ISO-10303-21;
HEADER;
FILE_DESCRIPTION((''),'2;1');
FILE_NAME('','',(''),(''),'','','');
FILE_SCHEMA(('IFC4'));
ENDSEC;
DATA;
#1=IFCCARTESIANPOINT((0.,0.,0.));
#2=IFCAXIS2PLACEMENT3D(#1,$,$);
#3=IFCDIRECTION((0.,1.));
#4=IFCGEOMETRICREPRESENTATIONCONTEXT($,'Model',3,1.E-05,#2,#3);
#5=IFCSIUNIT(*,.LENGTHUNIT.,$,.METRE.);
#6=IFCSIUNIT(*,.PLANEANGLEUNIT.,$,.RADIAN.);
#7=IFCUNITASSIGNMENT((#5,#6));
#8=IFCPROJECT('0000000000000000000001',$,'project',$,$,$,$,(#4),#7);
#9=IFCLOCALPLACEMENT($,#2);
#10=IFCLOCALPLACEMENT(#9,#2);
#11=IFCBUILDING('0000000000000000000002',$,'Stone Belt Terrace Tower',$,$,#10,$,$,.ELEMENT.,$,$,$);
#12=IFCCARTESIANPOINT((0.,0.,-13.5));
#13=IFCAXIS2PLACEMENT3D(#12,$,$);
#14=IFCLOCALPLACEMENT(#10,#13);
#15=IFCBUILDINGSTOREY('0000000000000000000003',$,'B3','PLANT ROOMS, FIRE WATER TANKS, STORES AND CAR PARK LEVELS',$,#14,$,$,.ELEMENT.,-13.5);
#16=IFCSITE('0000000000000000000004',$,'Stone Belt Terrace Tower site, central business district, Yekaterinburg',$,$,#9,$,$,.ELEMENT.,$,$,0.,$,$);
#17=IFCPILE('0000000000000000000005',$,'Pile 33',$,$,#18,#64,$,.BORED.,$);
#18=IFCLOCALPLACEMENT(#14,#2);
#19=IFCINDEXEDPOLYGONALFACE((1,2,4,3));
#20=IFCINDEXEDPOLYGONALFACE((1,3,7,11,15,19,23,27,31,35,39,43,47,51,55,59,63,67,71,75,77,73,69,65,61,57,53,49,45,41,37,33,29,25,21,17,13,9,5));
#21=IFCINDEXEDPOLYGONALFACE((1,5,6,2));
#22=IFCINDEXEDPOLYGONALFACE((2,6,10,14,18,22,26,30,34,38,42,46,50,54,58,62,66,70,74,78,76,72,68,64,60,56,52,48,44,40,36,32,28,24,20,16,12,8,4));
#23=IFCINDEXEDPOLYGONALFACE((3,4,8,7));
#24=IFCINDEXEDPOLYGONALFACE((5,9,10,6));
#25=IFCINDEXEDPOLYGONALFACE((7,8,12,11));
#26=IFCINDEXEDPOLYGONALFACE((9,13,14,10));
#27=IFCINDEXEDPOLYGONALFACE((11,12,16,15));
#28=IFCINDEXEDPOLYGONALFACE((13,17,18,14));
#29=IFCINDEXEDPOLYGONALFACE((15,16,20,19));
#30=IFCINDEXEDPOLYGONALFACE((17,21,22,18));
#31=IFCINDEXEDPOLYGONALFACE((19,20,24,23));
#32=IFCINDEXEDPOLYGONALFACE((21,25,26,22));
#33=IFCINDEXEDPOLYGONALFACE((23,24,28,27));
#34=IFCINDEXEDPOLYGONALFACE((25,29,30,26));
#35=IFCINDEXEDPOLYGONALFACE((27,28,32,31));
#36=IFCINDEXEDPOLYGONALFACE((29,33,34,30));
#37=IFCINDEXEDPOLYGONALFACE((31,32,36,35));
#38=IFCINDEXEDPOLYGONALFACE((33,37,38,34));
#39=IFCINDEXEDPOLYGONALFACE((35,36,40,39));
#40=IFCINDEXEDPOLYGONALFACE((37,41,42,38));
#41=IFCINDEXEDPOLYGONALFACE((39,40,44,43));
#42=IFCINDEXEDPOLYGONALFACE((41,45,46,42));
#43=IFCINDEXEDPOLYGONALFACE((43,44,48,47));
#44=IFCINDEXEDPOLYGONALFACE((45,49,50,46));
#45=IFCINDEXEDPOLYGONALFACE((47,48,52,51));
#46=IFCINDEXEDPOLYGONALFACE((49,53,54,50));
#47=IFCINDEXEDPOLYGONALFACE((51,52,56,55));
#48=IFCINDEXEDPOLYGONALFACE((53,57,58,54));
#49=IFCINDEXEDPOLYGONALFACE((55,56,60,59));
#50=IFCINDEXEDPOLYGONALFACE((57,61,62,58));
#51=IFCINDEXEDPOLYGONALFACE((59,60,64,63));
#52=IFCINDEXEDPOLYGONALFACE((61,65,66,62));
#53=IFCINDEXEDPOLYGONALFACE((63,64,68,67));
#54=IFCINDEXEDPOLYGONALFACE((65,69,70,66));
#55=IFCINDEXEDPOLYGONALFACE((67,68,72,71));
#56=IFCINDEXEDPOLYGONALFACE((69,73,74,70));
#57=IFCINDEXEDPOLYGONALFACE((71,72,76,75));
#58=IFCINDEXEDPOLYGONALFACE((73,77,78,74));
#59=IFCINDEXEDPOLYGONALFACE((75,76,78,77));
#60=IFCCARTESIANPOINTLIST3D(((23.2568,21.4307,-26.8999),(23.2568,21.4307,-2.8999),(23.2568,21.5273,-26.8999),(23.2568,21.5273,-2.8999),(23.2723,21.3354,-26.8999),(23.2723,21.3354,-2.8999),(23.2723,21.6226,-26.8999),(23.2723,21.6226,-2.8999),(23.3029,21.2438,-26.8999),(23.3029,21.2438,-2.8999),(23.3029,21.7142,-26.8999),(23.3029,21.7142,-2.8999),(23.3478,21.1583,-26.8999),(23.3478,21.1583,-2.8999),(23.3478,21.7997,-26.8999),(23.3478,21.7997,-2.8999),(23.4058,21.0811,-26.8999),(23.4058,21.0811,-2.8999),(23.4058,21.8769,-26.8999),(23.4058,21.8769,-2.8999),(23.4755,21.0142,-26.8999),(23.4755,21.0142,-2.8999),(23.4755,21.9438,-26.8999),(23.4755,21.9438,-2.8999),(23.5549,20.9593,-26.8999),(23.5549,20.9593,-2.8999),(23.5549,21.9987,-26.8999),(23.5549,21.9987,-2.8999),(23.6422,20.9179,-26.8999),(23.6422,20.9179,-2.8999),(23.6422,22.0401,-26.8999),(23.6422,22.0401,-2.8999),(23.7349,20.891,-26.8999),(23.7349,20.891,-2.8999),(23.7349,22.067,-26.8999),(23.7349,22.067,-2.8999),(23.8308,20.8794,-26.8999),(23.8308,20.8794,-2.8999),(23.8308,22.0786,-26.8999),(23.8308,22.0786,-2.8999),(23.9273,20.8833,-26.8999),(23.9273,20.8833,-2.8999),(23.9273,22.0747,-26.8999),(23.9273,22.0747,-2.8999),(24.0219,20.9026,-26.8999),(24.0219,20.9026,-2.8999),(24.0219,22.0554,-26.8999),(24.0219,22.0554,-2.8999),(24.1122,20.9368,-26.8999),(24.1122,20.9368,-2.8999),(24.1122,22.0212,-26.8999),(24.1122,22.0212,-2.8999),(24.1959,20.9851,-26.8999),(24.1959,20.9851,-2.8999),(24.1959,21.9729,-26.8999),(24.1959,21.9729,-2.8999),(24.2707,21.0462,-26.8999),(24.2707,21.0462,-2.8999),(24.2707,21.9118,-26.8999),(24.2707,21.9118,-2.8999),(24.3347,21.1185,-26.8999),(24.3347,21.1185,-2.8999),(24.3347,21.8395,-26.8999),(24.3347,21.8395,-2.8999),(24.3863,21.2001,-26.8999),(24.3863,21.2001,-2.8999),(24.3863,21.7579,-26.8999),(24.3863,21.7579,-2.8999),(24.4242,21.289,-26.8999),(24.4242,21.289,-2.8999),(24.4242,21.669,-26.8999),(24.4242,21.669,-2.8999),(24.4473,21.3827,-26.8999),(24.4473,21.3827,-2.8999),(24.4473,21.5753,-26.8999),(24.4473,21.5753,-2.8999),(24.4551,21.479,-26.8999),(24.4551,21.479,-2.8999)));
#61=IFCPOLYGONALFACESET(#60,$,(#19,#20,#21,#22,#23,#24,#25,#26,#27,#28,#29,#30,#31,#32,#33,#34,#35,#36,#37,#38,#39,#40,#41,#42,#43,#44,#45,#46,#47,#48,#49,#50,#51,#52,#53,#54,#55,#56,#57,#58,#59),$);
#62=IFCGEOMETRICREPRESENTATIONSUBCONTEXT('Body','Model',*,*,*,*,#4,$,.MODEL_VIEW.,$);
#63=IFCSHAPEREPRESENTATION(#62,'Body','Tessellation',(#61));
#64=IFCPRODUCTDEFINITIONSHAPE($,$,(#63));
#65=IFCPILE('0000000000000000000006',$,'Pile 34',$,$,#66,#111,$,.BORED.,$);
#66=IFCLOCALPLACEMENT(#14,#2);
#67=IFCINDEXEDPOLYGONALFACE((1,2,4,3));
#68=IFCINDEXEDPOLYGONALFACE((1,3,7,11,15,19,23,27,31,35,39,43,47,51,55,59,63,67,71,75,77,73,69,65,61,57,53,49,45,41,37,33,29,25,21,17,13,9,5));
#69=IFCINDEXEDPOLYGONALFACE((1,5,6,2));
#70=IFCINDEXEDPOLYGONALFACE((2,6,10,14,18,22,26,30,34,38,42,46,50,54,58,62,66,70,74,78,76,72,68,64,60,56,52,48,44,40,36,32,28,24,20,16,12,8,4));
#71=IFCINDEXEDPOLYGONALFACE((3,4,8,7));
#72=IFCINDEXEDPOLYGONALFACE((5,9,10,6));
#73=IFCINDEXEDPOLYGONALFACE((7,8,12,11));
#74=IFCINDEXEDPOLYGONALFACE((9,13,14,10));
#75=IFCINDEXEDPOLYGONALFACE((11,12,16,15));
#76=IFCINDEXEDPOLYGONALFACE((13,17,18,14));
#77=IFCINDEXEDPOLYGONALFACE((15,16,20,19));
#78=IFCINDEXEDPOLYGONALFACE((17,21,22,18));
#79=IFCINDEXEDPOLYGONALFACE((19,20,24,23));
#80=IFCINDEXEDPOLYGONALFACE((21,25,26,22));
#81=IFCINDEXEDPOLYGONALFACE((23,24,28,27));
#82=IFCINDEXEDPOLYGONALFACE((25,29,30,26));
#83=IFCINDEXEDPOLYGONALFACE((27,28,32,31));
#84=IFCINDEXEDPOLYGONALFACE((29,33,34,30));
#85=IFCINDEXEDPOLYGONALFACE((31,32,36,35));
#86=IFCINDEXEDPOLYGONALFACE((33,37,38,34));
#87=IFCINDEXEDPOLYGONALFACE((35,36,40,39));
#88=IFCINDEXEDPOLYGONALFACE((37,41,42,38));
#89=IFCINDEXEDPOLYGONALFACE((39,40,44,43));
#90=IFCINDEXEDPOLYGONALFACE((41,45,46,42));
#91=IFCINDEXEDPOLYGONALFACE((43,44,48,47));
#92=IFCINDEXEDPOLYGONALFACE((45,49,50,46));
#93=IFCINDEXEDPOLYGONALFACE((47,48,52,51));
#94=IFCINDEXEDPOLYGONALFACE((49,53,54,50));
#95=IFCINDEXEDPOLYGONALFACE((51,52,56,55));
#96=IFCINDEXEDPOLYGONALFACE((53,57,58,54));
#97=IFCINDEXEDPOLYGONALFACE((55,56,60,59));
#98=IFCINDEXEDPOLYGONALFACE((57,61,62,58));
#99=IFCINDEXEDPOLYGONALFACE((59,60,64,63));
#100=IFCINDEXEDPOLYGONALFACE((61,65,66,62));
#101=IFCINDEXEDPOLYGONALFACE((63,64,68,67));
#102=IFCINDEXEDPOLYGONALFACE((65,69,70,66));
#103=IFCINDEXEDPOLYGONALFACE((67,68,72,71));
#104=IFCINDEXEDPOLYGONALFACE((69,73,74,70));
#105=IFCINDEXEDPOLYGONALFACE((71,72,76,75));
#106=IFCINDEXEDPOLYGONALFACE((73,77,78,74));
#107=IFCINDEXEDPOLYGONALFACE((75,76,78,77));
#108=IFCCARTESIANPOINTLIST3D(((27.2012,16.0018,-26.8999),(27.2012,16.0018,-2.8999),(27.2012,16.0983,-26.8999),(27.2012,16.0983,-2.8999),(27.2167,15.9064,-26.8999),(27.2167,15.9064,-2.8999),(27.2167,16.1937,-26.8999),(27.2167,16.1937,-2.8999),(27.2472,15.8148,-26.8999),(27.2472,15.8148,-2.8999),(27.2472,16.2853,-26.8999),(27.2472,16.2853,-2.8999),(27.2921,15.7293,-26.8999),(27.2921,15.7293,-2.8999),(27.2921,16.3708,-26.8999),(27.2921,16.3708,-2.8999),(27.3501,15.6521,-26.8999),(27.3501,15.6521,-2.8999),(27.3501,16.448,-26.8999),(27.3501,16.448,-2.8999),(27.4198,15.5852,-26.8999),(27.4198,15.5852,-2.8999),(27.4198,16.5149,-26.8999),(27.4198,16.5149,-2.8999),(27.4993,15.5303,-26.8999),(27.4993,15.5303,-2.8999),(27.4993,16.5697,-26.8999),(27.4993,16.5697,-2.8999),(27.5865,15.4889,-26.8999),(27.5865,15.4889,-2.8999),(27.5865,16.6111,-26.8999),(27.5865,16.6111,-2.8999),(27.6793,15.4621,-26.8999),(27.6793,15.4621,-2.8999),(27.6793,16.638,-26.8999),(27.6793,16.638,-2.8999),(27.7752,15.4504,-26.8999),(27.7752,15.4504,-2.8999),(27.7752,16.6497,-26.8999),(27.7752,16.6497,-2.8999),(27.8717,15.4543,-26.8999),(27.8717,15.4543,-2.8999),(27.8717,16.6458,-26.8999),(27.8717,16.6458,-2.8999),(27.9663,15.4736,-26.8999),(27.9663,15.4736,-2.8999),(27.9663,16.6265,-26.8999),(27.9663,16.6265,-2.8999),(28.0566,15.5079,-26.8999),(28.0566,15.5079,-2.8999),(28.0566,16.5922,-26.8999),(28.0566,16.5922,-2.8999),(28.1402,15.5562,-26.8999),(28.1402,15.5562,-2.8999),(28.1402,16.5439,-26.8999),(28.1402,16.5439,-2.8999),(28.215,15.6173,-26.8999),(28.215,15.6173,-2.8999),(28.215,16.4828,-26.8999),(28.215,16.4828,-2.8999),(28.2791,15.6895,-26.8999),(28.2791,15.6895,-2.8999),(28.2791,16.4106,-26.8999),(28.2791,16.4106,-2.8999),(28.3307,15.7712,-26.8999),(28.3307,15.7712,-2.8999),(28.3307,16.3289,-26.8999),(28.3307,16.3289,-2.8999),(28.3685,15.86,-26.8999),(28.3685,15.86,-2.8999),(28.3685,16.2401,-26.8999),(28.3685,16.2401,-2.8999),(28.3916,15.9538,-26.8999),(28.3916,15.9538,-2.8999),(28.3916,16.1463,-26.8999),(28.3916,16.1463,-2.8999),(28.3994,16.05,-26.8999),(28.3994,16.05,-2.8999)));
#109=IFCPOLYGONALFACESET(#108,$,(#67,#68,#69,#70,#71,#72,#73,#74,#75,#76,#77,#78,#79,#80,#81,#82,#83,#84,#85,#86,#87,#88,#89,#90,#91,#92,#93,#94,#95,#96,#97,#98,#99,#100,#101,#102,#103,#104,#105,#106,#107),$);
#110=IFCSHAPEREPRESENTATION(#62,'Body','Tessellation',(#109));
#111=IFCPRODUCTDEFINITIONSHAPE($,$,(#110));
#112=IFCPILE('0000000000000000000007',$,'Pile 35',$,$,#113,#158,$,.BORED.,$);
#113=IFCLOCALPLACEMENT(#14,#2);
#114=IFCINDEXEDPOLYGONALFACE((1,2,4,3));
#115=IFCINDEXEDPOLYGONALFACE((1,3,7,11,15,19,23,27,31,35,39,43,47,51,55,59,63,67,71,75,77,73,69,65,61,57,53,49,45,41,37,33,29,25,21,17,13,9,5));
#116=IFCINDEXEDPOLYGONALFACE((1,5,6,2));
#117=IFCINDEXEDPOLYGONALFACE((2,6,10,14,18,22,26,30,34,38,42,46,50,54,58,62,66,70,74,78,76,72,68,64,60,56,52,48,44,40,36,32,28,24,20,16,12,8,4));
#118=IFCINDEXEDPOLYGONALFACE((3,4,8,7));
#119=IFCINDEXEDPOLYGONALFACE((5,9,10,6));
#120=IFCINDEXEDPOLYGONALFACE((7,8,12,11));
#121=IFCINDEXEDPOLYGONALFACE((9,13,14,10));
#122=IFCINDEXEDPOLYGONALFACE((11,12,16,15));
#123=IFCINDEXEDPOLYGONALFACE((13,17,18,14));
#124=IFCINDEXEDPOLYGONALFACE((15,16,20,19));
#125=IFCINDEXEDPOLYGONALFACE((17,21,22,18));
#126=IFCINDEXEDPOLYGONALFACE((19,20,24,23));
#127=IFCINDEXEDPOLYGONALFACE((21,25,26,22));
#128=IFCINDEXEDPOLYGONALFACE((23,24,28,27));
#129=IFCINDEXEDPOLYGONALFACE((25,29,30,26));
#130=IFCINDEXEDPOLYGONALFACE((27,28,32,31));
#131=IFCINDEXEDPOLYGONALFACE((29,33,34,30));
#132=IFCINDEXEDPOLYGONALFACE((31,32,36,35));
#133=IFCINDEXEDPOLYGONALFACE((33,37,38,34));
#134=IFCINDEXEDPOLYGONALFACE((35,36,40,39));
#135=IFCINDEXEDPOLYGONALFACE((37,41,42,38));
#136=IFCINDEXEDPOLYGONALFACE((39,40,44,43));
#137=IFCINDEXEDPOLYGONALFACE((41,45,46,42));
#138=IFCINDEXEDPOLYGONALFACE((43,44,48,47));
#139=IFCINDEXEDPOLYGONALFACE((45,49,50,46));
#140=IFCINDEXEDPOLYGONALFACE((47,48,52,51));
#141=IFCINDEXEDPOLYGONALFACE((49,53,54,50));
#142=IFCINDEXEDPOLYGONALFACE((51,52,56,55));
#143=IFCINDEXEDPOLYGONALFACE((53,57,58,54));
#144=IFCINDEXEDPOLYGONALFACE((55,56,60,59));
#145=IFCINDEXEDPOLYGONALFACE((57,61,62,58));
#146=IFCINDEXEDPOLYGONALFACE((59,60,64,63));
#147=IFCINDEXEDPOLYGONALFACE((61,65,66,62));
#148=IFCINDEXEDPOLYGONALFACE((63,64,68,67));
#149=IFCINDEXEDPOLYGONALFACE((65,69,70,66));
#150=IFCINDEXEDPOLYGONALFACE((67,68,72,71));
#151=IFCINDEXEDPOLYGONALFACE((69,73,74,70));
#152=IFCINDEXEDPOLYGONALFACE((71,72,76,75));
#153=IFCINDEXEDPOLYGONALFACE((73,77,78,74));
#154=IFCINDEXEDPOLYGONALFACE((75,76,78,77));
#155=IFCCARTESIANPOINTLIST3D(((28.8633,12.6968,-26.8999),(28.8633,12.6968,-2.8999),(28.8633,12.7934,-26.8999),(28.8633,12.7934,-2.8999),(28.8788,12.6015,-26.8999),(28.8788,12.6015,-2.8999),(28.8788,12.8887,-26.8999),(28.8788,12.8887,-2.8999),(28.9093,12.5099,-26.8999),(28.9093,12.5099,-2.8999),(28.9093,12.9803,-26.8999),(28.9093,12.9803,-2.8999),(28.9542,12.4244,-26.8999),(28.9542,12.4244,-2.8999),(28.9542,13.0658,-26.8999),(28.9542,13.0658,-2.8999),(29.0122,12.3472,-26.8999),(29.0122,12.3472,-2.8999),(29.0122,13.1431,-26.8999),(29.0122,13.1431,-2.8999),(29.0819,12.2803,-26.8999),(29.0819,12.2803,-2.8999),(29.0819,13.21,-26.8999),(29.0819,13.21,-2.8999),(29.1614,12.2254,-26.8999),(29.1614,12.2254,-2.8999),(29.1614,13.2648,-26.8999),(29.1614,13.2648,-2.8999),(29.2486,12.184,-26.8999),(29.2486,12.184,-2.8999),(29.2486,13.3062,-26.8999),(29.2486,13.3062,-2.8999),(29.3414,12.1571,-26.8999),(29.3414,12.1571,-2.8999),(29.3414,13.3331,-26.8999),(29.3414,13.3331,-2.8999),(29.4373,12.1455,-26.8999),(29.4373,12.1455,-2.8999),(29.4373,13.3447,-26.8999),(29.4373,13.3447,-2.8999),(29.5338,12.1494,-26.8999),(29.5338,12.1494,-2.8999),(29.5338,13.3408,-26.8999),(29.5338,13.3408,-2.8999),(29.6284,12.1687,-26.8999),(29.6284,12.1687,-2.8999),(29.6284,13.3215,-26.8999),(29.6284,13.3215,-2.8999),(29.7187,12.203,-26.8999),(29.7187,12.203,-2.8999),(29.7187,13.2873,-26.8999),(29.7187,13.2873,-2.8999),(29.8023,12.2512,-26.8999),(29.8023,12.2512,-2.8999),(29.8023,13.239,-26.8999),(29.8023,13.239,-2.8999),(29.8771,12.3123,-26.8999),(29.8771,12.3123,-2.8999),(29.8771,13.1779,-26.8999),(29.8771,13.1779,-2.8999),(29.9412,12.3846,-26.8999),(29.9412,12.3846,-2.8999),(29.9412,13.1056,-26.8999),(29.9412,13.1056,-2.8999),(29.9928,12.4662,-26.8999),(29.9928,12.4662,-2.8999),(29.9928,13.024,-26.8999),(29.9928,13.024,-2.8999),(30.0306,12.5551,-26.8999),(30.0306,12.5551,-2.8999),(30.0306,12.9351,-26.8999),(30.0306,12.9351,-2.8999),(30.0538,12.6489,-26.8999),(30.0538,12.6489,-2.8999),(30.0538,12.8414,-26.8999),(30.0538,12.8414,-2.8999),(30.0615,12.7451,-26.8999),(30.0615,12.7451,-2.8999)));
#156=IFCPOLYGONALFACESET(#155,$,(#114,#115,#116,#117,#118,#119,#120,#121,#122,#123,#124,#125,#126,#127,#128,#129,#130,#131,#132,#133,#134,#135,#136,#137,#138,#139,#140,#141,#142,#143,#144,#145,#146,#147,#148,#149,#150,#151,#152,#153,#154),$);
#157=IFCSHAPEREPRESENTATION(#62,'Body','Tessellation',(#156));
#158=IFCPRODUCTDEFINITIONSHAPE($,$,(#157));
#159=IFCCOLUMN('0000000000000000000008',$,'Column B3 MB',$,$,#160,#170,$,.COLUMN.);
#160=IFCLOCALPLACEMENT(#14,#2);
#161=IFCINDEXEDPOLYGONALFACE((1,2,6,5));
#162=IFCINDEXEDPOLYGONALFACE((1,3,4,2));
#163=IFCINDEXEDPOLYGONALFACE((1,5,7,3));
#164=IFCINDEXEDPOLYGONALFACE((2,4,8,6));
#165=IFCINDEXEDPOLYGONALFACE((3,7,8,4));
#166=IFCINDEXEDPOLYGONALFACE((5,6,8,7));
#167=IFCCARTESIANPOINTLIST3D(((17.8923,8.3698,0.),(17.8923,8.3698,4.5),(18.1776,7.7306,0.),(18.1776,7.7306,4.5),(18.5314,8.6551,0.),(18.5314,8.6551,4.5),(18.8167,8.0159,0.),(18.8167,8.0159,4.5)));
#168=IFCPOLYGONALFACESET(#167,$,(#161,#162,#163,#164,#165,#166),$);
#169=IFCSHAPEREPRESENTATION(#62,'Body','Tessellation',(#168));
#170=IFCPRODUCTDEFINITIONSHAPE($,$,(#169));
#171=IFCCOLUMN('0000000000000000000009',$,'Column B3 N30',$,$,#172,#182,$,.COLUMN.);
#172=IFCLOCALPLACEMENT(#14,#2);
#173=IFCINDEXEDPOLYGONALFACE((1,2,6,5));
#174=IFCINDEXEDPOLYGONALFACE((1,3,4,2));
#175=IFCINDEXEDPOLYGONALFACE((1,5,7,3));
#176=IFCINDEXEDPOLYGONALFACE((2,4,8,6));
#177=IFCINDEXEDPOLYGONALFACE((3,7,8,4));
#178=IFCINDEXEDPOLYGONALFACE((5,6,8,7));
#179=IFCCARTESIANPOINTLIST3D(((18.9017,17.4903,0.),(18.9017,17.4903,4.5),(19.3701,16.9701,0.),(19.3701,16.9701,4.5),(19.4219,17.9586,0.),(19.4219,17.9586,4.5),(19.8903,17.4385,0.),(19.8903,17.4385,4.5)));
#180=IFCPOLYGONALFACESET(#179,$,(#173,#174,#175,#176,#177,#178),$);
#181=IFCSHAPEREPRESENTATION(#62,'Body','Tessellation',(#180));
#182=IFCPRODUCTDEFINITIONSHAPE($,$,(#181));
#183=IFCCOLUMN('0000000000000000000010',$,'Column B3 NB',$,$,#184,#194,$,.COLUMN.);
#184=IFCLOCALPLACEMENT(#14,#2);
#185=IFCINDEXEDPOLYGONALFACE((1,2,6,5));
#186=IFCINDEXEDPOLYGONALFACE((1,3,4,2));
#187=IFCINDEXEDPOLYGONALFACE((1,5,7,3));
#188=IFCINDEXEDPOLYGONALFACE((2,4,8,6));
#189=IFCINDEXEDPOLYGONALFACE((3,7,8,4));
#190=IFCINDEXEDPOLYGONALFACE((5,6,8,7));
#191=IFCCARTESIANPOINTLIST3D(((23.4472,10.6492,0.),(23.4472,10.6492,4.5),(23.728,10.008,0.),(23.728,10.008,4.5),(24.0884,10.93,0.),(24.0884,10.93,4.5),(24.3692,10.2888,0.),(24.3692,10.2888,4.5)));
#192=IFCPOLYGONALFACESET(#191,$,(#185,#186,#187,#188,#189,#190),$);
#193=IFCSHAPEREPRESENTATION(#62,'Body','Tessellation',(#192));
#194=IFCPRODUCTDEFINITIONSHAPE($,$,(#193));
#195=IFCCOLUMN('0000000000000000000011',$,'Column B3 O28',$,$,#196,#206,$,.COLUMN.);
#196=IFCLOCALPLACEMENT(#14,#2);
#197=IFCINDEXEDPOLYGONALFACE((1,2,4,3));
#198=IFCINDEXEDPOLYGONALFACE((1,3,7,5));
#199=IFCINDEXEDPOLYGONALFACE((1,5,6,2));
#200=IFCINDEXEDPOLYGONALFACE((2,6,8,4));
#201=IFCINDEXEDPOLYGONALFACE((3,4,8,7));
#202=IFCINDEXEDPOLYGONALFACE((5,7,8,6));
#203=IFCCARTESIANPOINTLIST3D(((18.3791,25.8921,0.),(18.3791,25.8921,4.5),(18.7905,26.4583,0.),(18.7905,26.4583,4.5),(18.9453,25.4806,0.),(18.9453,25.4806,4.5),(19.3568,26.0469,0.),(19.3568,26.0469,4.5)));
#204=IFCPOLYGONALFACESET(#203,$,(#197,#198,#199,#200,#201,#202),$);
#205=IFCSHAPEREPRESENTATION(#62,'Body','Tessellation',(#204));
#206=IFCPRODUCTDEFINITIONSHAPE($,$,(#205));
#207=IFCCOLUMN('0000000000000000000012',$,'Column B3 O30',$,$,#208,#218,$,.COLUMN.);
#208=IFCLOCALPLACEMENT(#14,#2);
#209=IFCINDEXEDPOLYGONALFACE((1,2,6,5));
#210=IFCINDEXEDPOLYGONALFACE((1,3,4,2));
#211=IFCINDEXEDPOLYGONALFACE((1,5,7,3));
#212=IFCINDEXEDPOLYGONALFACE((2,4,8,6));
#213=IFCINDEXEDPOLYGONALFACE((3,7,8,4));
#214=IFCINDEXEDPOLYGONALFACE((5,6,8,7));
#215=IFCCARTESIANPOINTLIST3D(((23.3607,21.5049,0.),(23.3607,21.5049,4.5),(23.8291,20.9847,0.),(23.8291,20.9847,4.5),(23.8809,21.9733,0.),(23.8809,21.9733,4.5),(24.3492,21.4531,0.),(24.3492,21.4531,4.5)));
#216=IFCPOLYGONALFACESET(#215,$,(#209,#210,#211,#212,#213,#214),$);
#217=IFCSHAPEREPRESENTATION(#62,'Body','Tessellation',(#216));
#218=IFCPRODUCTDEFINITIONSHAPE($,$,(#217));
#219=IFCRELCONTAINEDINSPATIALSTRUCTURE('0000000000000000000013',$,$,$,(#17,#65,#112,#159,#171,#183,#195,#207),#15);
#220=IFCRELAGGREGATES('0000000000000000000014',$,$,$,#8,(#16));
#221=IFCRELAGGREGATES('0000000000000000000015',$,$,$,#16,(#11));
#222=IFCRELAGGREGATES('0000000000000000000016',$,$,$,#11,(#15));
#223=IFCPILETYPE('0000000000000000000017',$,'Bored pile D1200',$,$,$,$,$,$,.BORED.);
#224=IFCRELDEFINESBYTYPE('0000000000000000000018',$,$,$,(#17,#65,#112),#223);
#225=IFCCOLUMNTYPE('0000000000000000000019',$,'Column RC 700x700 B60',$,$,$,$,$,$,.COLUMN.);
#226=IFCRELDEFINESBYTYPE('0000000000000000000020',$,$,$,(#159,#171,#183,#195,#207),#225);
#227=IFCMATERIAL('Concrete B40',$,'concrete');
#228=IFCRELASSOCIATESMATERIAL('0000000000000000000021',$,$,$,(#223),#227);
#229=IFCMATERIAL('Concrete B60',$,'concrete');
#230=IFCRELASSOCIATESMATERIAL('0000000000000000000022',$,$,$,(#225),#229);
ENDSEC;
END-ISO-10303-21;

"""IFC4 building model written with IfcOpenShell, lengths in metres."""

from ifc_helpers import new_model, si_unit, direction, frame, origin, origin_2d, place, context, subcontext, project, spatial, rectangle, circle, extrude, material, material_profile, profile_set, type_object, element, save


model = new_model("IFC4")

# Units and contexts
model_context = context("Model", 3, precision=1e-05, world=origin(), true_north=direction((0.0, 1.0)))
body_context = subcontext(model_context, "Body", "Model", "MODEL_VIEW")
ifc_project = project(units=[si_unit("LENGTHUNIT", "METRE"), si_unit("PLANEANGLEUNIT", "RADIAN")], contexts=[model_context])

# Site, building, storey
site_placement = place(None, origin())
site = spatial("IfcSite", under=ifc_project, at=site_placement, Name="Stone Belt Terrace Tower site, central business district, Yekaterinburg", CompositionType="ELEMENT", RefElevation=0.0)
building_placement = place(site_placement, origin())
building = spatial("IfcBuilding", under=site, at=building_placement, Name="Stone Belt Terrace Tower", CompositionType="ELEMENT")
storey_placement = place(building_placement, frame((0.0, 0.0, -13.5)))
storey = spatial("IfcBuildingStorey", under=building, at=storey_placement, Name="B3", Description="PLANT ROOMS, FIRE WATER TANKS, STORES AND CAR PARK LEVELS", CompositionType="ELEMENT", Elevation=-13.5)

# Piles
ifc_material_1 = material(Name="Concrete B40", Category="concrete")
ifc_material_profile_1 = material_profile(ifc_material_1, circle(Radius=0.6001, at=origin_2d()), Name="PILE D1200")
ifc_profile_set_1 = profile_set([ifc_material_profile_1], Name="Concrete B40")
pile_type = type_object("IfcPileType", Name="Bored pile D1200", PredefinedType="BORED", material=ifc_profile_set_1)
for number, where, z_axis, x_axis, name in (
    (1, (23.855, 21.479, -2.8999), (0.0, 0.0, -1.0), (1.0, 0.0, 0.0), "Pile 33"),
    (2, (27.7993, 16.05, -2.8999), (0.0, 0.0, -1.0), (1.0, 0.0, 0.0), "Pile 34"),
    (3, (29.4614, 12.7451, -2.8999), (0.0, 0.0, -1.0), (1.0, 0.0, 0.0), "Pile 35"),
):
    element("IfcPile", number, at=place(storey_placement, frame(where, z_axis=z_axis, x_axis=x_axis)), inside=storey, type_object=pile_type, Name=name, PredefinedType="BORED", context=body_context, shape_type="SweptSolid", body=[
        extrude(circle(Radius=0.6001, at=origin_2d()), origin(), (0.0, 0.0, 1.0), 24.0),
    ])

# Columns
ifc_material_2 = material(Name="Concrete B60", Category="concrete")
ifc_material_profile_2 = material_profile(ifc_material_2, rectangle(XDim=0.7, YDim=0.7, at=origin_2d()), Name="RC 700x700")
ifc_profile_set_2 = profile_set([ifc_material_profile_2], Name="Concrete B60")
column_type = type_object("IfcColumnType", Name="Column RC 700x700 B60", PredefinedType="COLUMN", material=ifc_profile_set_2)
for number, where, z_axis, x_axis, name in (
    (4, (18.3545, 8.1929, 0.0), (0.0, 0.0, 1.0), (0.407599, -0.913161, 0.0), "Column B3 MB"),
    (5, (19.396, 17.4644, 0.0), (0.0, 0.0, 1.0), (0.669131, -0.743145, 0.0), "Column B3 N30"),
    (6, (23.9082, 10.469, 0.0), (0.0, 0.0, 1.0), (0.401115, -0.916028, 0.0), "Column B3 NB"),
    (7, (18.8679, 25.9695, 0.0), (0.0, 0.0, 1.0), (0.809017, -0.587785, 0.0), "Column B3 O28"),
    (8, (23.855, 21.479, 0.0), (0.0, 0.0, 1.0), (0.669131, -0.743145, 0.0), "Column B3 O30"),
):
    element("IfcColumn", number, at=place(storey_placement, frame(where, z_axis=z_axis, x_axis=x_axis)), inside=storey, type_object=column_type, Name=name, PredefinedType="COLUMN", context=body_context, shape_type="SweptSolid", body=[
        extrude(rectangle(XDim=0.7, YDim=0.7, at=origin_2d()), origin(), (0.0, 0.0, 1.0), 4.5),
    ])

save(model, "model.ifc")
